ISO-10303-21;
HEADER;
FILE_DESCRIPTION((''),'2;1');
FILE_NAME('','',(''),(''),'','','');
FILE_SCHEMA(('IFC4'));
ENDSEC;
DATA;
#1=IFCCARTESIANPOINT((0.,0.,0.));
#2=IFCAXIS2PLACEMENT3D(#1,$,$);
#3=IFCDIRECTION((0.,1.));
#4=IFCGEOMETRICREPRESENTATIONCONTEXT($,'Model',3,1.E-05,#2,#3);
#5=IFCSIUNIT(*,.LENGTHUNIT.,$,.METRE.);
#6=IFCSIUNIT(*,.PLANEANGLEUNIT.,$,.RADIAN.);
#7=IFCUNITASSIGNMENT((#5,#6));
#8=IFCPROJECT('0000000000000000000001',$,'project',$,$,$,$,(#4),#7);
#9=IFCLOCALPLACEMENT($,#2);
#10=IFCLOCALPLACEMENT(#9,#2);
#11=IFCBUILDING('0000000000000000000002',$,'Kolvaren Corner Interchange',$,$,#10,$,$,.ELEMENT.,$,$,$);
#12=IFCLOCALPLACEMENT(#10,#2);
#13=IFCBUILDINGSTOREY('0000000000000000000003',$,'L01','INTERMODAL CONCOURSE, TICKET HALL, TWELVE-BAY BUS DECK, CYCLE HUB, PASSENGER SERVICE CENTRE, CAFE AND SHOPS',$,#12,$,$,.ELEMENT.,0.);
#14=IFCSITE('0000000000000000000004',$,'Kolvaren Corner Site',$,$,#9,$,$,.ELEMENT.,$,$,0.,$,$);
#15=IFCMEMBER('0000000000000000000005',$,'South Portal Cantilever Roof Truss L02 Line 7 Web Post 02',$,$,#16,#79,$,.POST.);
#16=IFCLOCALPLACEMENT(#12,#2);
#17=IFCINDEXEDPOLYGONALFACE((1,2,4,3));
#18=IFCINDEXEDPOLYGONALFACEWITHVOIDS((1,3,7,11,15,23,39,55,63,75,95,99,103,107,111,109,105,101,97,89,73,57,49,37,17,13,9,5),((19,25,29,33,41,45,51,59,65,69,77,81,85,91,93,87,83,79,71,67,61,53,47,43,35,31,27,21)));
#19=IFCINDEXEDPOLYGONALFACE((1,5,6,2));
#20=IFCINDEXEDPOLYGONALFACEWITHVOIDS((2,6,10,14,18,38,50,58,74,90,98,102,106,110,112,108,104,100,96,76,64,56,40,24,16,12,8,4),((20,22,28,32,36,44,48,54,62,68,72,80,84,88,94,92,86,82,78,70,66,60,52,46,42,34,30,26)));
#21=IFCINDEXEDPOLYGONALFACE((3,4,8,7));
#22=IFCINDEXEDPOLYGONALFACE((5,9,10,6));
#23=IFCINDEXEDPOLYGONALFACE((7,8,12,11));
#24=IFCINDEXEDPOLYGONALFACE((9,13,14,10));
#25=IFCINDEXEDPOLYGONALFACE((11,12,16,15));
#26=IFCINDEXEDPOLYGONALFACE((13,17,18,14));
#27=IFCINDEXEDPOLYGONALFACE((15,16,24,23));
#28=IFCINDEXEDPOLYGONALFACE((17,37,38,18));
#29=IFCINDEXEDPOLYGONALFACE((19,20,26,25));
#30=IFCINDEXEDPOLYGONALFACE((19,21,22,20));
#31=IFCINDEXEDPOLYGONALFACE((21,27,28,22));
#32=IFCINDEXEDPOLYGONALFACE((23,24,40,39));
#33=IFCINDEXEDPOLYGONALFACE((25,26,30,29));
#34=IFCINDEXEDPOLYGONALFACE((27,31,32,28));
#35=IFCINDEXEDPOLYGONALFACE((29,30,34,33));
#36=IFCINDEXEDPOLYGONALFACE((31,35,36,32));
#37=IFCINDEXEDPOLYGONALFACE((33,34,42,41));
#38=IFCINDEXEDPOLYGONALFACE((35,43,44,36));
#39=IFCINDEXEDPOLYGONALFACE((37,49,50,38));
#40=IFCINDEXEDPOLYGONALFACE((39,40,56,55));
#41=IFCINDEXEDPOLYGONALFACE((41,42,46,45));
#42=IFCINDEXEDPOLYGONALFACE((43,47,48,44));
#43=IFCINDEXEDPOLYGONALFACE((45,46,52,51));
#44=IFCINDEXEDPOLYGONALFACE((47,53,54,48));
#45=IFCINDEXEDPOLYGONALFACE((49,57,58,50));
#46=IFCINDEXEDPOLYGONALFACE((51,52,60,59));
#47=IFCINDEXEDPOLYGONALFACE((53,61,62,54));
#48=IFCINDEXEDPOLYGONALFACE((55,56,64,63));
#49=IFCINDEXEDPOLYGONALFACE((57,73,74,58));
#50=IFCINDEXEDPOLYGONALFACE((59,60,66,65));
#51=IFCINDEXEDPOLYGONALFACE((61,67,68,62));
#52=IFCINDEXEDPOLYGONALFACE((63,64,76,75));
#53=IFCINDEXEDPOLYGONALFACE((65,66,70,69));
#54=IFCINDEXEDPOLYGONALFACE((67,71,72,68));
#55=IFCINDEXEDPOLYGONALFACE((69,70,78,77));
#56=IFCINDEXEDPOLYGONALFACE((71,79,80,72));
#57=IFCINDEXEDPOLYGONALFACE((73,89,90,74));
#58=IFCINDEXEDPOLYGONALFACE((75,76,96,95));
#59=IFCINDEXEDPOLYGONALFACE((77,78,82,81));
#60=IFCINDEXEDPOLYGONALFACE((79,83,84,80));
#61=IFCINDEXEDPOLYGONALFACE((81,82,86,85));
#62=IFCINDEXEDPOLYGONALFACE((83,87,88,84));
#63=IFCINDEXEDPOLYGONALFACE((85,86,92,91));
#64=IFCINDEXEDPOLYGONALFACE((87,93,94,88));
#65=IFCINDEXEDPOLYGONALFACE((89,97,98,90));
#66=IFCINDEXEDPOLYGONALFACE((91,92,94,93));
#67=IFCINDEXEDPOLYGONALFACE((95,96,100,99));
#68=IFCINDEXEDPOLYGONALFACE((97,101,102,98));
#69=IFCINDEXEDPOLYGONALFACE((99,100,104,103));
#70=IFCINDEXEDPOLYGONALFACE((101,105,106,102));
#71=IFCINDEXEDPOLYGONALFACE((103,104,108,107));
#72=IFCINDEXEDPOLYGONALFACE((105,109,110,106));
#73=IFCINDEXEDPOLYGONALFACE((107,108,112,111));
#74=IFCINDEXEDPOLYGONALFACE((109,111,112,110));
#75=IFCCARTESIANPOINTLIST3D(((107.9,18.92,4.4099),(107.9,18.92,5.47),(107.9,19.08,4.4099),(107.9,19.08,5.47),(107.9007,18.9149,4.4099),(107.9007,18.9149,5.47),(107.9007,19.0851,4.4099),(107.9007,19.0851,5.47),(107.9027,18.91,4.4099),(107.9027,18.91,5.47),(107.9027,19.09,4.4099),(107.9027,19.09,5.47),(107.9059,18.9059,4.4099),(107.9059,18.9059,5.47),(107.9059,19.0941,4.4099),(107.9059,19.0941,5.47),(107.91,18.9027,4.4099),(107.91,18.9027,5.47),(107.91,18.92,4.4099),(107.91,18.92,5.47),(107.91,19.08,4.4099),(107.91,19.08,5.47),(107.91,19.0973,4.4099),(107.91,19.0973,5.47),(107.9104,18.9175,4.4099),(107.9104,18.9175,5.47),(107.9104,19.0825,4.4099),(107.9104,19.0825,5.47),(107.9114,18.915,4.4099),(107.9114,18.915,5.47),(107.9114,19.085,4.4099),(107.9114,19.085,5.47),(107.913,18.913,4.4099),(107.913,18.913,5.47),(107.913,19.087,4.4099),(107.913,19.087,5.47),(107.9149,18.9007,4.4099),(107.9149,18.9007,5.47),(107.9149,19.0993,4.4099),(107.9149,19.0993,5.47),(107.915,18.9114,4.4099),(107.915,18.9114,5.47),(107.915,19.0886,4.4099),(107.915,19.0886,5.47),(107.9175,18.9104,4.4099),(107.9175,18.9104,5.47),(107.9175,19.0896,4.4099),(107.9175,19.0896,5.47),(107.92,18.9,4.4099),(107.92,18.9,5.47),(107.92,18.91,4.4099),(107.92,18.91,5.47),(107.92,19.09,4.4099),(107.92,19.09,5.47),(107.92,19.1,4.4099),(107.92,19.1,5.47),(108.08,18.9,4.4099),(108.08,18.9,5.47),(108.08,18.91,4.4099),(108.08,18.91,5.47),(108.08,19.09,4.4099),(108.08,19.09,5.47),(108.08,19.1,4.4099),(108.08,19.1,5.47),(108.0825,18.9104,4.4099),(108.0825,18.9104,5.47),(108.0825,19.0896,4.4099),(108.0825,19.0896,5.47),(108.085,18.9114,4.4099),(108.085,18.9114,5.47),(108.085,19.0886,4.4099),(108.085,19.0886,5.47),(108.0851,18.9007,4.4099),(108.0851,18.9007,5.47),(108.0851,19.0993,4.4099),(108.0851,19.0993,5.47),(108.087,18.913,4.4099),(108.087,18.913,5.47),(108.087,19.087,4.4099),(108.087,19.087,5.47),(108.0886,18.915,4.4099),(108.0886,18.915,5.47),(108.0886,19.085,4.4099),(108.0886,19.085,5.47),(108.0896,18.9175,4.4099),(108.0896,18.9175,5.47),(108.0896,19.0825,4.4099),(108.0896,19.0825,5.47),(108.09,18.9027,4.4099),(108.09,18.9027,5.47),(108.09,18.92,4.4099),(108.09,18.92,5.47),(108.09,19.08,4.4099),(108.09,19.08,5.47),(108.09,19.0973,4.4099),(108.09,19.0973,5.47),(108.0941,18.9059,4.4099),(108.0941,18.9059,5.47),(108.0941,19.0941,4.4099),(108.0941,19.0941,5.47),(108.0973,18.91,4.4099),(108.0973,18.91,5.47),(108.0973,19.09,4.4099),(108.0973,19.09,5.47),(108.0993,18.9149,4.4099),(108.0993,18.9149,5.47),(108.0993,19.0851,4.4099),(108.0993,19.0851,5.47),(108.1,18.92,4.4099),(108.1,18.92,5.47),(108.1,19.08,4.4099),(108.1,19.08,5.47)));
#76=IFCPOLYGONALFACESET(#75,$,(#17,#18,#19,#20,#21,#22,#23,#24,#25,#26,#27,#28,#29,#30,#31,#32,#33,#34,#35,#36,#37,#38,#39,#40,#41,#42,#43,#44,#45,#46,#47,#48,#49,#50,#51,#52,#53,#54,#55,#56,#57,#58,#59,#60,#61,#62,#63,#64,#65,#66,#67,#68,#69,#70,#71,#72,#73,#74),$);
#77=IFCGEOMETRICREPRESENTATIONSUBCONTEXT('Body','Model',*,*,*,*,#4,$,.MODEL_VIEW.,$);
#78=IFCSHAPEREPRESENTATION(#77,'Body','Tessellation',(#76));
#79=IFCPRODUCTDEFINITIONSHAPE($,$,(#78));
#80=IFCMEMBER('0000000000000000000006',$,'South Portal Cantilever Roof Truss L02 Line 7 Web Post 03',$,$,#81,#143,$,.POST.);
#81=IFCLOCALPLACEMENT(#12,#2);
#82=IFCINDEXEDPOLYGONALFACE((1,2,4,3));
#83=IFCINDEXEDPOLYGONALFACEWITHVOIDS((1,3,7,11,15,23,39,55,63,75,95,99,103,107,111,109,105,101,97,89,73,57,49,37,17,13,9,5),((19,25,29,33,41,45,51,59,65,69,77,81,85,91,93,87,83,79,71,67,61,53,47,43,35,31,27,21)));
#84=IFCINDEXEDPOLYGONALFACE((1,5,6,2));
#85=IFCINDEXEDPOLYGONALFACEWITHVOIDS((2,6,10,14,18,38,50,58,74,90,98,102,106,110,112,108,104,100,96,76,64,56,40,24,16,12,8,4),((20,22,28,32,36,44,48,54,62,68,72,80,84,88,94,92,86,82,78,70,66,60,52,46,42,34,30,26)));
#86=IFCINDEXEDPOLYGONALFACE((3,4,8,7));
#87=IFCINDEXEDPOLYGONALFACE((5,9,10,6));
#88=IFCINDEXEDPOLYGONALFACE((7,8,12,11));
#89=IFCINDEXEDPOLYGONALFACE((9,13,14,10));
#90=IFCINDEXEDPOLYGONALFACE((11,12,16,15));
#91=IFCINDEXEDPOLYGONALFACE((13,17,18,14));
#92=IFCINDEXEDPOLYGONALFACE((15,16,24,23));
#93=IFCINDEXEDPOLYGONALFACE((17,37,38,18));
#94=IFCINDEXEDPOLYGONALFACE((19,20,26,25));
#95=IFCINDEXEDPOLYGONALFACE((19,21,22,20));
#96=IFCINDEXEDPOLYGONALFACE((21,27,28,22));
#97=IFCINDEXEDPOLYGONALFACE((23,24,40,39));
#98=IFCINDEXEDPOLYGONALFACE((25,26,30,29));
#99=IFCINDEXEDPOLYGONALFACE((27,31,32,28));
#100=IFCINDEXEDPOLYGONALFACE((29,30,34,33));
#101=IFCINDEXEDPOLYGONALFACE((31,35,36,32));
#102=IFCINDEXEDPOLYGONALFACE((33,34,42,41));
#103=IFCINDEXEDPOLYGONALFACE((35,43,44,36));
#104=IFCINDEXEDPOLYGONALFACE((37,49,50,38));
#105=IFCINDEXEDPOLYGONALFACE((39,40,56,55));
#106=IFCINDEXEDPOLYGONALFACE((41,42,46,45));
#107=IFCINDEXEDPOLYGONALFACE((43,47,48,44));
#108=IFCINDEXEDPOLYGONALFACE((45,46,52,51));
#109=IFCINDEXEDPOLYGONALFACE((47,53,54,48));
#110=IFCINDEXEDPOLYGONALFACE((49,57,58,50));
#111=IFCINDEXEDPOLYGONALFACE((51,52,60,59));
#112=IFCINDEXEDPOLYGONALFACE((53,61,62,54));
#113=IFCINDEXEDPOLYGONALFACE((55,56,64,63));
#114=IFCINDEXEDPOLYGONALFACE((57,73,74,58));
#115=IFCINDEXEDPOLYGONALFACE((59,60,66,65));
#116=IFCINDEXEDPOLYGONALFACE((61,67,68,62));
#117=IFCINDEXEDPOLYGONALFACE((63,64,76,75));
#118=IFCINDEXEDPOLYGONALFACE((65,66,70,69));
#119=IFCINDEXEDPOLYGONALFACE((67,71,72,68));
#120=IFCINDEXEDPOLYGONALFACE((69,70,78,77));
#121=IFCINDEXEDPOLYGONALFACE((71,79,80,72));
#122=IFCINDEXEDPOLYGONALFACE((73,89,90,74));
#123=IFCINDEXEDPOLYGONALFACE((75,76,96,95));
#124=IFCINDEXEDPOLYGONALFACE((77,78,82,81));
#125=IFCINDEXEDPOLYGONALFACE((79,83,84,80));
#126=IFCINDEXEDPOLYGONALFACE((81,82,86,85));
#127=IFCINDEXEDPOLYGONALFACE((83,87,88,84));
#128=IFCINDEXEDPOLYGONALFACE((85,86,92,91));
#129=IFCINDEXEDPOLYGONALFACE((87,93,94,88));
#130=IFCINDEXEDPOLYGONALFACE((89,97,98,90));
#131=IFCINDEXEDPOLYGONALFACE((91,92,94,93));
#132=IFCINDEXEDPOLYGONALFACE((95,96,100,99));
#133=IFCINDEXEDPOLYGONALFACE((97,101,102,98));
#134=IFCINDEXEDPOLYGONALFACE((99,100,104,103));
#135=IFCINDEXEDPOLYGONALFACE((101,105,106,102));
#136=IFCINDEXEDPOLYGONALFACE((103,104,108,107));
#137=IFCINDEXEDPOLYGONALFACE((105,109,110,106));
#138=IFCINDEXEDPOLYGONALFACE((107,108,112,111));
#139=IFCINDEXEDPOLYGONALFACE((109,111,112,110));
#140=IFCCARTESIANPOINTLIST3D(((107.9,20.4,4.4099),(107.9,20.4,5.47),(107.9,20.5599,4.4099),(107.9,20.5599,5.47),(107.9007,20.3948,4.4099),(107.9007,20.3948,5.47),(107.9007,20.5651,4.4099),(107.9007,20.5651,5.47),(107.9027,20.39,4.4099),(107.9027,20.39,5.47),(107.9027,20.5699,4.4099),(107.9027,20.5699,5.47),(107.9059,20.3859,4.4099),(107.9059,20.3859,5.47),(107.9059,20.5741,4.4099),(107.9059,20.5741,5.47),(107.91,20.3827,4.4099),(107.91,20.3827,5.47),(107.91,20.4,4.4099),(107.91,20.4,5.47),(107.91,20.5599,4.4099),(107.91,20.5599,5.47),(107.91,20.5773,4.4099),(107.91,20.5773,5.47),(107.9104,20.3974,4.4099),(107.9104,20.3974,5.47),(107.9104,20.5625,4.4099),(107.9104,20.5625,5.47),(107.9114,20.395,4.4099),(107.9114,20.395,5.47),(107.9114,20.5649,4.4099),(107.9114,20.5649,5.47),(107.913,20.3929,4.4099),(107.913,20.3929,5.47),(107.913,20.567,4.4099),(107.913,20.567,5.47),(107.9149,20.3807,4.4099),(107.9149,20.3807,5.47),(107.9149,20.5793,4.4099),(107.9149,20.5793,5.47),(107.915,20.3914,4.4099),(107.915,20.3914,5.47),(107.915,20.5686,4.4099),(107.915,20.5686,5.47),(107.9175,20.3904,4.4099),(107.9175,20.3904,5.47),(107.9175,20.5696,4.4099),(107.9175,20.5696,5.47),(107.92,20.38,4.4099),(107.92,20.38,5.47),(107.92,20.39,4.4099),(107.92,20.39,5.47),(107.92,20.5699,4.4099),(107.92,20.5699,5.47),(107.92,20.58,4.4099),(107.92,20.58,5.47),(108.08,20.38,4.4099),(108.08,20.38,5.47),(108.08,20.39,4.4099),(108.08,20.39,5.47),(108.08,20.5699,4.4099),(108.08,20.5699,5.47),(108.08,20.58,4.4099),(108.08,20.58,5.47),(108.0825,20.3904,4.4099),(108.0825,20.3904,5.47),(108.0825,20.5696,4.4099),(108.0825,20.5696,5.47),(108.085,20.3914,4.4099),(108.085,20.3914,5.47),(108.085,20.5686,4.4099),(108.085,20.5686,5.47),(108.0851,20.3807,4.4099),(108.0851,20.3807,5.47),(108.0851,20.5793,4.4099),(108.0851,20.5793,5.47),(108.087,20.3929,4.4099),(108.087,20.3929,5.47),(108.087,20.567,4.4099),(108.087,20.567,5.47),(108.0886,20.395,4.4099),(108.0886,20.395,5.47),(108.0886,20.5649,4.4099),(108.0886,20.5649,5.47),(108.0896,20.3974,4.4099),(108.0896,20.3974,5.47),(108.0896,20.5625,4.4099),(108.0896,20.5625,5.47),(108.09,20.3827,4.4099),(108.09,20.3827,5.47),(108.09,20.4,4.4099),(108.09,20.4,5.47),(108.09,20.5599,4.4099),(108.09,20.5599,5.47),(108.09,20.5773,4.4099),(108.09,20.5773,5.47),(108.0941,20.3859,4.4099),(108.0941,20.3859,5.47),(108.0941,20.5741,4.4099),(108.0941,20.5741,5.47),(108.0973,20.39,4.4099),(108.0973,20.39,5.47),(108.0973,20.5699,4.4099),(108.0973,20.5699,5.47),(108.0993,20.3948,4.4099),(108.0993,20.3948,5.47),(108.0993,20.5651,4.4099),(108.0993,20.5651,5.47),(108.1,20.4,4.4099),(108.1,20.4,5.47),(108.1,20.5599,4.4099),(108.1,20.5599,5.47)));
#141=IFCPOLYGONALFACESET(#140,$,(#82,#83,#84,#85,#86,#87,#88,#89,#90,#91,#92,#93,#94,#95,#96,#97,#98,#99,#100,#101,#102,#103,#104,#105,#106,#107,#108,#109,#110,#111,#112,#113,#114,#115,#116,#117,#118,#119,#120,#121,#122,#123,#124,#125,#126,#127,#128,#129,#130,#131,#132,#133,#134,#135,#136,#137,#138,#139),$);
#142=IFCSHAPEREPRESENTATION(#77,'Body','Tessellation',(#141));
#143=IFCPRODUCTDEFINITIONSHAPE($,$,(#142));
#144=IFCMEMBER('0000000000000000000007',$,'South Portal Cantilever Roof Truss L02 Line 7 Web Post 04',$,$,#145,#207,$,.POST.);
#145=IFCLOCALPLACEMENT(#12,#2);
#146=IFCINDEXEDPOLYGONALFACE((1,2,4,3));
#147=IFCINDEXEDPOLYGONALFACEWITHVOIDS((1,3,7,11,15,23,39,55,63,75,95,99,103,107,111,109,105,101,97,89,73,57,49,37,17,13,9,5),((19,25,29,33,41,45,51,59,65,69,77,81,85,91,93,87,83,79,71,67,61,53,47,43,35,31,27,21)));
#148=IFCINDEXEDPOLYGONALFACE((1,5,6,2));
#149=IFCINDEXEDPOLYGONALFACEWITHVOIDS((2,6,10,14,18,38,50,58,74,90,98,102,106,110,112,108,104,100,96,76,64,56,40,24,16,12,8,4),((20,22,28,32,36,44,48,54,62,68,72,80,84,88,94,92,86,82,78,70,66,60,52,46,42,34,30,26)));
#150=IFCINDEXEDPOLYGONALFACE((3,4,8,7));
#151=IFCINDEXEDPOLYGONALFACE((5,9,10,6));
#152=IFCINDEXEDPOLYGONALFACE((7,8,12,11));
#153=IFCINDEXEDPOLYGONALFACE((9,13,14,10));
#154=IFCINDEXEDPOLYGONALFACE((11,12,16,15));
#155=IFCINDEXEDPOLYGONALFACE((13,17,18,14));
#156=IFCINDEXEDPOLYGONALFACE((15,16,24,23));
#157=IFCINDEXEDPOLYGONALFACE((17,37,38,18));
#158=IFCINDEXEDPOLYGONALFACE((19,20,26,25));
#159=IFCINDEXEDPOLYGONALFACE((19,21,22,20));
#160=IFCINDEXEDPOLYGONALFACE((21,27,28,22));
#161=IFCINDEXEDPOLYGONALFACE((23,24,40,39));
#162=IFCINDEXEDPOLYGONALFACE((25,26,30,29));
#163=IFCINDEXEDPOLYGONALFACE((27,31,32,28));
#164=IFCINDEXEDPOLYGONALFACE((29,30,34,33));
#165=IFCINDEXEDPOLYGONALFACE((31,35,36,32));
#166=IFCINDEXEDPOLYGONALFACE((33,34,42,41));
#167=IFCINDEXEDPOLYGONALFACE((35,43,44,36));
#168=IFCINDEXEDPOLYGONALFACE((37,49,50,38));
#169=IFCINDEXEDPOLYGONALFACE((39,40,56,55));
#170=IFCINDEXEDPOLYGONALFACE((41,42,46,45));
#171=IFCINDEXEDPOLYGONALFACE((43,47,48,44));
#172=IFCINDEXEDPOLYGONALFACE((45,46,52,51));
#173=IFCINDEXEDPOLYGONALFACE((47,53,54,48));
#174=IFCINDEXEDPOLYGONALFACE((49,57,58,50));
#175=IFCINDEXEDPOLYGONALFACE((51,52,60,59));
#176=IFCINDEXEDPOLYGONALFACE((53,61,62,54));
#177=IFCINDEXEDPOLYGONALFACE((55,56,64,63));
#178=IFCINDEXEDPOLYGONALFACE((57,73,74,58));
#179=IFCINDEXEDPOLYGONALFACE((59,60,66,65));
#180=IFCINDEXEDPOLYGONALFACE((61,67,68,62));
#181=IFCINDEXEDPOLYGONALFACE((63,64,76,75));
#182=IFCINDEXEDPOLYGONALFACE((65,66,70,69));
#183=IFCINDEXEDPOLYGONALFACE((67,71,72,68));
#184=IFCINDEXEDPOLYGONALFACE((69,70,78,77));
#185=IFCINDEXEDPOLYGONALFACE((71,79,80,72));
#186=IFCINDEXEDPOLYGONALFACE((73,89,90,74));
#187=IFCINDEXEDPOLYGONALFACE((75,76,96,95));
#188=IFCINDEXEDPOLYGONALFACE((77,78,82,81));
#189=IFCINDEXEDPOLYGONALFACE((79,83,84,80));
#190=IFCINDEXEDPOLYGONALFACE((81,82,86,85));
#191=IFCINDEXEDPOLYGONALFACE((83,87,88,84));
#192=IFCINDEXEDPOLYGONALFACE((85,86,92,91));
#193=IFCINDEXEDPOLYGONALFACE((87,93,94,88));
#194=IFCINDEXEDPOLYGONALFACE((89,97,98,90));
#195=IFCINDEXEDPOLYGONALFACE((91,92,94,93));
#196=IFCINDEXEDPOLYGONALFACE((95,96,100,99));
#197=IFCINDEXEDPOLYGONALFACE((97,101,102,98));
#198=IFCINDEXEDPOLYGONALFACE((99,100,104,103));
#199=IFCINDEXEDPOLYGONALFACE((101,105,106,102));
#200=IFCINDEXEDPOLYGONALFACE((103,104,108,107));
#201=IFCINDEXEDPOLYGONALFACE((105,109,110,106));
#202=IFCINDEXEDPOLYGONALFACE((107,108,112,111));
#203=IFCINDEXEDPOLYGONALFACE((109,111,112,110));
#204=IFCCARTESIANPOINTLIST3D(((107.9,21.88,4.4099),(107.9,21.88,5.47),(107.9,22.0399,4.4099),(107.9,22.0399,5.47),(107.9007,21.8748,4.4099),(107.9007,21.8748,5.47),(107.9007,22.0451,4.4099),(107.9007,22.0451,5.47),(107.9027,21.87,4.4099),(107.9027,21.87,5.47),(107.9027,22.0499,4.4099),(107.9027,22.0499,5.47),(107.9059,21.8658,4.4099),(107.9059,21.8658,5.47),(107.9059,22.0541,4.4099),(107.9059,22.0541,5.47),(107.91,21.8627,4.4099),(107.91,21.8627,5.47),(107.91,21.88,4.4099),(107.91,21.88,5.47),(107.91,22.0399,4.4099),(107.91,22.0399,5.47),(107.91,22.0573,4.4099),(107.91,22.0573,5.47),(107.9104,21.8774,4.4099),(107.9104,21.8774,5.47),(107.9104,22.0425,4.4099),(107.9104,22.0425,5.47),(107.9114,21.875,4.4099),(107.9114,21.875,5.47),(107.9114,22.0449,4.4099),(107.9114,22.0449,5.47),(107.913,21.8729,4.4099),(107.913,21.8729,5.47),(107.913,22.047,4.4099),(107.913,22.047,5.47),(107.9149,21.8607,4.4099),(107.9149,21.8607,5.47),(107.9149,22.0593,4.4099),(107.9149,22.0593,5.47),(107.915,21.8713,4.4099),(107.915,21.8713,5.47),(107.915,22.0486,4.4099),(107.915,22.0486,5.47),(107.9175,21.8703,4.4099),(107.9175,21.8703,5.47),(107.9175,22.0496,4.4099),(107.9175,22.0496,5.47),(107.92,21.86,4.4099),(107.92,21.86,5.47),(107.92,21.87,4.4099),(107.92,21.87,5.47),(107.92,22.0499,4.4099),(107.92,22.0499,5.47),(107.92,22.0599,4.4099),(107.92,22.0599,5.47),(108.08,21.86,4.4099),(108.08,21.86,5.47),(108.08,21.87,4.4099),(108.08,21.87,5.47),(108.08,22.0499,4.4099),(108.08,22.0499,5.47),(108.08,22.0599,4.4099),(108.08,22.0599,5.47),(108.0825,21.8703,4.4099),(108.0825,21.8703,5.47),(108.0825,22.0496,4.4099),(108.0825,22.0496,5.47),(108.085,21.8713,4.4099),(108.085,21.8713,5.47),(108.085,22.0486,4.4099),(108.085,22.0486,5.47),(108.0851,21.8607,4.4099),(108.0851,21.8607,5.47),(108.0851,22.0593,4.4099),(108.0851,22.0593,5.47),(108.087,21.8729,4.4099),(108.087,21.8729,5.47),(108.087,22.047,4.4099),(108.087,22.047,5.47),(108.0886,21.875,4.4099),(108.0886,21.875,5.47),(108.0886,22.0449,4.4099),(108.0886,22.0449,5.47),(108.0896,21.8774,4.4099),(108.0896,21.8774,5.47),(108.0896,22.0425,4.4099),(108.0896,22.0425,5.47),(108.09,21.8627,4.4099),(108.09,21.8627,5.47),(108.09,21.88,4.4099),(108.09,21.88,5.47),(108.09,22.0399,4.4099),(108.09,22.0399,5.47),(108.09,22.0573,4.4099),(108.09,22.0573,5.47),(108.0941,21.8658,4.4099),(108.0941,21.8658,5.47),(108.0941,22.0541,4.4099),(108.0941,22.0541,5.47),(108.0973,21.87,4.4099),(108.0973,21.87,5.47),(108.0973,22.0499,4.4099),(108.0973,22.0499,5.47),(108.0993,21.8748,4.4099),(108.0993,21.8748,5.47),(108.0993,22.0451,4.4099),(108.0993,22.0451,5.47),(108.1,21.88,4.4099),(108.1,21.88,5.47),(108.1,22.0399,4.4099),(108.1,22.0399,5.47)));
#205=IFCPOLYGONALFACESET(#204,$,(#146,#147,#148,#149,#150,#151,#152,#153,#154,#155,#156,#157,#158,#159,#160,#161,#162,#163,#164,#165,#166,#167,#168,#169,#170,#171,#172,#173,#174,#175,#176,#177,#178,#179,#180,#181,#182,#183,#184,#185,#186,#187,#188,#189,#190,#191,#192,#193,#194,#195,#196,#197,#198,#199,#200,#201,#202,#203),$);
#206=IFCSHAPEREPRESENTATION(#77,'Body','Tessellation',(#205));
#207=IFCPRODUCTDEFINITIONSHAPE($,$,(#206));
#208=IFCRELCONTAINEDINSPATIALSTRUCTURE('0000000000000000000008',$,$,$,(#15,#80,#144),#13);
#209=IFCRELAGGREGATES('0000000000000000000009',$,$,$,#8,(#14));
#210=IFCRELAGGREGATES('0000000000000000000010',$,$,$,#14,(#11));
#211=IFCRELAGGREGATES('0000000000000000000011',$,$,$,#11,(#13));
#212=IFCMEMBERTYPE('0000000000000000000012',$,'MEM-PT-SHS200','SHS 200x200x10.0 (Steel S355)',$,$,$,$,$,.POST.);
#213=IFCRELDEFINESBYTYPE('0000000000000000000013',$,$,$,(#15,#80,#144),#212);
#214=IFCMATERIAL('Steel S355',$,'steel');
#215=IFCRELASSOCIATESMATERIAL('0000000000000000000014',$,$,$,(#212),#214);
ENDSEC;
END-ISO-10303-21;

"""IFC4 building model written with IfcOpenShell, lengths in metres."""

from ifc_helpers import new_model, si_unit, direction, frame, origin, origin_2d, place, context, subcontext, project, spatial, hollow_rectangle, extrude, material, material_profile, profile_set, type_object, element, save


model = new_model("IFC4")

# Units and contexts
model_context = context("Model", 3, precision=1e-05, world=origin(), true_north=direction((0.0, 1.0)))
body_context = subcontext(model_context, "Body", "Model", "MODEL_VIEW")
ifc_project = project(units=[si_unit("LENGTHUNIT", "METRE"), si_unit("PLANEANGLEUNIT", "RADIAN")], contexts=[model_context])

# Site, building, storey
site_placement = place(None, origin())
site = spatial("IfcSite", under=ifc_project, at=site_placement, Name="Kolvaren Corner Site", CompositionType="ELEMENT", RefElevation=0.0)
building_placement = place(site_placement, origin())
building = spatial("IfcBuilding", under=site, at=building_placement, Name="Kolvaren Corner Interchange", CompositionType="ELEMENT")
storey_placement = place(building_placement, origin())
storey = spatial("IfcBuildingStorey", under=building, at=storey_placement, Name="L01", Description="INTERMODAL CONCOURSE, TICKET HALL, TWELVE-BAY BUS DECK, CYCLE HUB, PASSENGER SERVICE CENTRE, CAFE AND SHOPS", CompositionType="ELEMENT", Elevation=0.0)

# Members
ifc_material_1 = material(Name="Steel S355", Category="steel")
ifc_material_profile_1 = material_profile(ifc_material_1, hollow_rectangle(XDim=0.2, YDim=0.2, WallThickness=0.01, InnerFilletRadius=0.01, OuterFilletRadius=0.02, at=origin_2d()), Name="SHS 200x200x10.0")
ifc_profile_set_1 = profile_set([ifc_material_profile_1], Name="Steel S355")
member_type_1 = type_object("IfcMemberType", Name="MEM-PT-SHS200", Description="SHS 200x200x10.0 (Steel S355)", PredefinedType="POST", material=ifc_profile_set_1)
for number, where, z_axis, x_axis, name in (
    (1, (108.0, 19.0, 4.4099), (0.0, 0.0, 1.0), (1.0, 0.0, 0.0), "South Portal Cantilever Roof Truss L02 Line 7 Web Post 02"),
    (2, (108.0, 20.48, 4.4099), (0.0, 0.0, 1.0), (1.0, 0.0, 0.0), "South Portal Cantilever Roof Truss L02 Line 7 Web Post 03"),
    (3, (108.0, 21.96, 4.4099), (0.0, 0.0, 1.0), (1.0, 0.0, 0.0), "South Portal Cantilever Roof Truss L02 Line 7 Web Post 04"),
):
    element("IfcMember", number, at=place(storey_placement, frame(where, z_axis=z_axis, x_axis=x_axis)), inside=storey, type_object=member_type_1, Name=name, PredefinedType="POST", context=body_context, shape_type="SweptSolid", body=[
        extrude(hollow_rectangle(XDim=0.2, YDim=0.2, WallThickness=0.01, InnerFilletRadius=0.01, OuterFilletRadius=0.02, at=origin_2d()), origin(), (0.0, 0.0, 1.0), 1.0601),
    ])

save(model, "model.ifc")
